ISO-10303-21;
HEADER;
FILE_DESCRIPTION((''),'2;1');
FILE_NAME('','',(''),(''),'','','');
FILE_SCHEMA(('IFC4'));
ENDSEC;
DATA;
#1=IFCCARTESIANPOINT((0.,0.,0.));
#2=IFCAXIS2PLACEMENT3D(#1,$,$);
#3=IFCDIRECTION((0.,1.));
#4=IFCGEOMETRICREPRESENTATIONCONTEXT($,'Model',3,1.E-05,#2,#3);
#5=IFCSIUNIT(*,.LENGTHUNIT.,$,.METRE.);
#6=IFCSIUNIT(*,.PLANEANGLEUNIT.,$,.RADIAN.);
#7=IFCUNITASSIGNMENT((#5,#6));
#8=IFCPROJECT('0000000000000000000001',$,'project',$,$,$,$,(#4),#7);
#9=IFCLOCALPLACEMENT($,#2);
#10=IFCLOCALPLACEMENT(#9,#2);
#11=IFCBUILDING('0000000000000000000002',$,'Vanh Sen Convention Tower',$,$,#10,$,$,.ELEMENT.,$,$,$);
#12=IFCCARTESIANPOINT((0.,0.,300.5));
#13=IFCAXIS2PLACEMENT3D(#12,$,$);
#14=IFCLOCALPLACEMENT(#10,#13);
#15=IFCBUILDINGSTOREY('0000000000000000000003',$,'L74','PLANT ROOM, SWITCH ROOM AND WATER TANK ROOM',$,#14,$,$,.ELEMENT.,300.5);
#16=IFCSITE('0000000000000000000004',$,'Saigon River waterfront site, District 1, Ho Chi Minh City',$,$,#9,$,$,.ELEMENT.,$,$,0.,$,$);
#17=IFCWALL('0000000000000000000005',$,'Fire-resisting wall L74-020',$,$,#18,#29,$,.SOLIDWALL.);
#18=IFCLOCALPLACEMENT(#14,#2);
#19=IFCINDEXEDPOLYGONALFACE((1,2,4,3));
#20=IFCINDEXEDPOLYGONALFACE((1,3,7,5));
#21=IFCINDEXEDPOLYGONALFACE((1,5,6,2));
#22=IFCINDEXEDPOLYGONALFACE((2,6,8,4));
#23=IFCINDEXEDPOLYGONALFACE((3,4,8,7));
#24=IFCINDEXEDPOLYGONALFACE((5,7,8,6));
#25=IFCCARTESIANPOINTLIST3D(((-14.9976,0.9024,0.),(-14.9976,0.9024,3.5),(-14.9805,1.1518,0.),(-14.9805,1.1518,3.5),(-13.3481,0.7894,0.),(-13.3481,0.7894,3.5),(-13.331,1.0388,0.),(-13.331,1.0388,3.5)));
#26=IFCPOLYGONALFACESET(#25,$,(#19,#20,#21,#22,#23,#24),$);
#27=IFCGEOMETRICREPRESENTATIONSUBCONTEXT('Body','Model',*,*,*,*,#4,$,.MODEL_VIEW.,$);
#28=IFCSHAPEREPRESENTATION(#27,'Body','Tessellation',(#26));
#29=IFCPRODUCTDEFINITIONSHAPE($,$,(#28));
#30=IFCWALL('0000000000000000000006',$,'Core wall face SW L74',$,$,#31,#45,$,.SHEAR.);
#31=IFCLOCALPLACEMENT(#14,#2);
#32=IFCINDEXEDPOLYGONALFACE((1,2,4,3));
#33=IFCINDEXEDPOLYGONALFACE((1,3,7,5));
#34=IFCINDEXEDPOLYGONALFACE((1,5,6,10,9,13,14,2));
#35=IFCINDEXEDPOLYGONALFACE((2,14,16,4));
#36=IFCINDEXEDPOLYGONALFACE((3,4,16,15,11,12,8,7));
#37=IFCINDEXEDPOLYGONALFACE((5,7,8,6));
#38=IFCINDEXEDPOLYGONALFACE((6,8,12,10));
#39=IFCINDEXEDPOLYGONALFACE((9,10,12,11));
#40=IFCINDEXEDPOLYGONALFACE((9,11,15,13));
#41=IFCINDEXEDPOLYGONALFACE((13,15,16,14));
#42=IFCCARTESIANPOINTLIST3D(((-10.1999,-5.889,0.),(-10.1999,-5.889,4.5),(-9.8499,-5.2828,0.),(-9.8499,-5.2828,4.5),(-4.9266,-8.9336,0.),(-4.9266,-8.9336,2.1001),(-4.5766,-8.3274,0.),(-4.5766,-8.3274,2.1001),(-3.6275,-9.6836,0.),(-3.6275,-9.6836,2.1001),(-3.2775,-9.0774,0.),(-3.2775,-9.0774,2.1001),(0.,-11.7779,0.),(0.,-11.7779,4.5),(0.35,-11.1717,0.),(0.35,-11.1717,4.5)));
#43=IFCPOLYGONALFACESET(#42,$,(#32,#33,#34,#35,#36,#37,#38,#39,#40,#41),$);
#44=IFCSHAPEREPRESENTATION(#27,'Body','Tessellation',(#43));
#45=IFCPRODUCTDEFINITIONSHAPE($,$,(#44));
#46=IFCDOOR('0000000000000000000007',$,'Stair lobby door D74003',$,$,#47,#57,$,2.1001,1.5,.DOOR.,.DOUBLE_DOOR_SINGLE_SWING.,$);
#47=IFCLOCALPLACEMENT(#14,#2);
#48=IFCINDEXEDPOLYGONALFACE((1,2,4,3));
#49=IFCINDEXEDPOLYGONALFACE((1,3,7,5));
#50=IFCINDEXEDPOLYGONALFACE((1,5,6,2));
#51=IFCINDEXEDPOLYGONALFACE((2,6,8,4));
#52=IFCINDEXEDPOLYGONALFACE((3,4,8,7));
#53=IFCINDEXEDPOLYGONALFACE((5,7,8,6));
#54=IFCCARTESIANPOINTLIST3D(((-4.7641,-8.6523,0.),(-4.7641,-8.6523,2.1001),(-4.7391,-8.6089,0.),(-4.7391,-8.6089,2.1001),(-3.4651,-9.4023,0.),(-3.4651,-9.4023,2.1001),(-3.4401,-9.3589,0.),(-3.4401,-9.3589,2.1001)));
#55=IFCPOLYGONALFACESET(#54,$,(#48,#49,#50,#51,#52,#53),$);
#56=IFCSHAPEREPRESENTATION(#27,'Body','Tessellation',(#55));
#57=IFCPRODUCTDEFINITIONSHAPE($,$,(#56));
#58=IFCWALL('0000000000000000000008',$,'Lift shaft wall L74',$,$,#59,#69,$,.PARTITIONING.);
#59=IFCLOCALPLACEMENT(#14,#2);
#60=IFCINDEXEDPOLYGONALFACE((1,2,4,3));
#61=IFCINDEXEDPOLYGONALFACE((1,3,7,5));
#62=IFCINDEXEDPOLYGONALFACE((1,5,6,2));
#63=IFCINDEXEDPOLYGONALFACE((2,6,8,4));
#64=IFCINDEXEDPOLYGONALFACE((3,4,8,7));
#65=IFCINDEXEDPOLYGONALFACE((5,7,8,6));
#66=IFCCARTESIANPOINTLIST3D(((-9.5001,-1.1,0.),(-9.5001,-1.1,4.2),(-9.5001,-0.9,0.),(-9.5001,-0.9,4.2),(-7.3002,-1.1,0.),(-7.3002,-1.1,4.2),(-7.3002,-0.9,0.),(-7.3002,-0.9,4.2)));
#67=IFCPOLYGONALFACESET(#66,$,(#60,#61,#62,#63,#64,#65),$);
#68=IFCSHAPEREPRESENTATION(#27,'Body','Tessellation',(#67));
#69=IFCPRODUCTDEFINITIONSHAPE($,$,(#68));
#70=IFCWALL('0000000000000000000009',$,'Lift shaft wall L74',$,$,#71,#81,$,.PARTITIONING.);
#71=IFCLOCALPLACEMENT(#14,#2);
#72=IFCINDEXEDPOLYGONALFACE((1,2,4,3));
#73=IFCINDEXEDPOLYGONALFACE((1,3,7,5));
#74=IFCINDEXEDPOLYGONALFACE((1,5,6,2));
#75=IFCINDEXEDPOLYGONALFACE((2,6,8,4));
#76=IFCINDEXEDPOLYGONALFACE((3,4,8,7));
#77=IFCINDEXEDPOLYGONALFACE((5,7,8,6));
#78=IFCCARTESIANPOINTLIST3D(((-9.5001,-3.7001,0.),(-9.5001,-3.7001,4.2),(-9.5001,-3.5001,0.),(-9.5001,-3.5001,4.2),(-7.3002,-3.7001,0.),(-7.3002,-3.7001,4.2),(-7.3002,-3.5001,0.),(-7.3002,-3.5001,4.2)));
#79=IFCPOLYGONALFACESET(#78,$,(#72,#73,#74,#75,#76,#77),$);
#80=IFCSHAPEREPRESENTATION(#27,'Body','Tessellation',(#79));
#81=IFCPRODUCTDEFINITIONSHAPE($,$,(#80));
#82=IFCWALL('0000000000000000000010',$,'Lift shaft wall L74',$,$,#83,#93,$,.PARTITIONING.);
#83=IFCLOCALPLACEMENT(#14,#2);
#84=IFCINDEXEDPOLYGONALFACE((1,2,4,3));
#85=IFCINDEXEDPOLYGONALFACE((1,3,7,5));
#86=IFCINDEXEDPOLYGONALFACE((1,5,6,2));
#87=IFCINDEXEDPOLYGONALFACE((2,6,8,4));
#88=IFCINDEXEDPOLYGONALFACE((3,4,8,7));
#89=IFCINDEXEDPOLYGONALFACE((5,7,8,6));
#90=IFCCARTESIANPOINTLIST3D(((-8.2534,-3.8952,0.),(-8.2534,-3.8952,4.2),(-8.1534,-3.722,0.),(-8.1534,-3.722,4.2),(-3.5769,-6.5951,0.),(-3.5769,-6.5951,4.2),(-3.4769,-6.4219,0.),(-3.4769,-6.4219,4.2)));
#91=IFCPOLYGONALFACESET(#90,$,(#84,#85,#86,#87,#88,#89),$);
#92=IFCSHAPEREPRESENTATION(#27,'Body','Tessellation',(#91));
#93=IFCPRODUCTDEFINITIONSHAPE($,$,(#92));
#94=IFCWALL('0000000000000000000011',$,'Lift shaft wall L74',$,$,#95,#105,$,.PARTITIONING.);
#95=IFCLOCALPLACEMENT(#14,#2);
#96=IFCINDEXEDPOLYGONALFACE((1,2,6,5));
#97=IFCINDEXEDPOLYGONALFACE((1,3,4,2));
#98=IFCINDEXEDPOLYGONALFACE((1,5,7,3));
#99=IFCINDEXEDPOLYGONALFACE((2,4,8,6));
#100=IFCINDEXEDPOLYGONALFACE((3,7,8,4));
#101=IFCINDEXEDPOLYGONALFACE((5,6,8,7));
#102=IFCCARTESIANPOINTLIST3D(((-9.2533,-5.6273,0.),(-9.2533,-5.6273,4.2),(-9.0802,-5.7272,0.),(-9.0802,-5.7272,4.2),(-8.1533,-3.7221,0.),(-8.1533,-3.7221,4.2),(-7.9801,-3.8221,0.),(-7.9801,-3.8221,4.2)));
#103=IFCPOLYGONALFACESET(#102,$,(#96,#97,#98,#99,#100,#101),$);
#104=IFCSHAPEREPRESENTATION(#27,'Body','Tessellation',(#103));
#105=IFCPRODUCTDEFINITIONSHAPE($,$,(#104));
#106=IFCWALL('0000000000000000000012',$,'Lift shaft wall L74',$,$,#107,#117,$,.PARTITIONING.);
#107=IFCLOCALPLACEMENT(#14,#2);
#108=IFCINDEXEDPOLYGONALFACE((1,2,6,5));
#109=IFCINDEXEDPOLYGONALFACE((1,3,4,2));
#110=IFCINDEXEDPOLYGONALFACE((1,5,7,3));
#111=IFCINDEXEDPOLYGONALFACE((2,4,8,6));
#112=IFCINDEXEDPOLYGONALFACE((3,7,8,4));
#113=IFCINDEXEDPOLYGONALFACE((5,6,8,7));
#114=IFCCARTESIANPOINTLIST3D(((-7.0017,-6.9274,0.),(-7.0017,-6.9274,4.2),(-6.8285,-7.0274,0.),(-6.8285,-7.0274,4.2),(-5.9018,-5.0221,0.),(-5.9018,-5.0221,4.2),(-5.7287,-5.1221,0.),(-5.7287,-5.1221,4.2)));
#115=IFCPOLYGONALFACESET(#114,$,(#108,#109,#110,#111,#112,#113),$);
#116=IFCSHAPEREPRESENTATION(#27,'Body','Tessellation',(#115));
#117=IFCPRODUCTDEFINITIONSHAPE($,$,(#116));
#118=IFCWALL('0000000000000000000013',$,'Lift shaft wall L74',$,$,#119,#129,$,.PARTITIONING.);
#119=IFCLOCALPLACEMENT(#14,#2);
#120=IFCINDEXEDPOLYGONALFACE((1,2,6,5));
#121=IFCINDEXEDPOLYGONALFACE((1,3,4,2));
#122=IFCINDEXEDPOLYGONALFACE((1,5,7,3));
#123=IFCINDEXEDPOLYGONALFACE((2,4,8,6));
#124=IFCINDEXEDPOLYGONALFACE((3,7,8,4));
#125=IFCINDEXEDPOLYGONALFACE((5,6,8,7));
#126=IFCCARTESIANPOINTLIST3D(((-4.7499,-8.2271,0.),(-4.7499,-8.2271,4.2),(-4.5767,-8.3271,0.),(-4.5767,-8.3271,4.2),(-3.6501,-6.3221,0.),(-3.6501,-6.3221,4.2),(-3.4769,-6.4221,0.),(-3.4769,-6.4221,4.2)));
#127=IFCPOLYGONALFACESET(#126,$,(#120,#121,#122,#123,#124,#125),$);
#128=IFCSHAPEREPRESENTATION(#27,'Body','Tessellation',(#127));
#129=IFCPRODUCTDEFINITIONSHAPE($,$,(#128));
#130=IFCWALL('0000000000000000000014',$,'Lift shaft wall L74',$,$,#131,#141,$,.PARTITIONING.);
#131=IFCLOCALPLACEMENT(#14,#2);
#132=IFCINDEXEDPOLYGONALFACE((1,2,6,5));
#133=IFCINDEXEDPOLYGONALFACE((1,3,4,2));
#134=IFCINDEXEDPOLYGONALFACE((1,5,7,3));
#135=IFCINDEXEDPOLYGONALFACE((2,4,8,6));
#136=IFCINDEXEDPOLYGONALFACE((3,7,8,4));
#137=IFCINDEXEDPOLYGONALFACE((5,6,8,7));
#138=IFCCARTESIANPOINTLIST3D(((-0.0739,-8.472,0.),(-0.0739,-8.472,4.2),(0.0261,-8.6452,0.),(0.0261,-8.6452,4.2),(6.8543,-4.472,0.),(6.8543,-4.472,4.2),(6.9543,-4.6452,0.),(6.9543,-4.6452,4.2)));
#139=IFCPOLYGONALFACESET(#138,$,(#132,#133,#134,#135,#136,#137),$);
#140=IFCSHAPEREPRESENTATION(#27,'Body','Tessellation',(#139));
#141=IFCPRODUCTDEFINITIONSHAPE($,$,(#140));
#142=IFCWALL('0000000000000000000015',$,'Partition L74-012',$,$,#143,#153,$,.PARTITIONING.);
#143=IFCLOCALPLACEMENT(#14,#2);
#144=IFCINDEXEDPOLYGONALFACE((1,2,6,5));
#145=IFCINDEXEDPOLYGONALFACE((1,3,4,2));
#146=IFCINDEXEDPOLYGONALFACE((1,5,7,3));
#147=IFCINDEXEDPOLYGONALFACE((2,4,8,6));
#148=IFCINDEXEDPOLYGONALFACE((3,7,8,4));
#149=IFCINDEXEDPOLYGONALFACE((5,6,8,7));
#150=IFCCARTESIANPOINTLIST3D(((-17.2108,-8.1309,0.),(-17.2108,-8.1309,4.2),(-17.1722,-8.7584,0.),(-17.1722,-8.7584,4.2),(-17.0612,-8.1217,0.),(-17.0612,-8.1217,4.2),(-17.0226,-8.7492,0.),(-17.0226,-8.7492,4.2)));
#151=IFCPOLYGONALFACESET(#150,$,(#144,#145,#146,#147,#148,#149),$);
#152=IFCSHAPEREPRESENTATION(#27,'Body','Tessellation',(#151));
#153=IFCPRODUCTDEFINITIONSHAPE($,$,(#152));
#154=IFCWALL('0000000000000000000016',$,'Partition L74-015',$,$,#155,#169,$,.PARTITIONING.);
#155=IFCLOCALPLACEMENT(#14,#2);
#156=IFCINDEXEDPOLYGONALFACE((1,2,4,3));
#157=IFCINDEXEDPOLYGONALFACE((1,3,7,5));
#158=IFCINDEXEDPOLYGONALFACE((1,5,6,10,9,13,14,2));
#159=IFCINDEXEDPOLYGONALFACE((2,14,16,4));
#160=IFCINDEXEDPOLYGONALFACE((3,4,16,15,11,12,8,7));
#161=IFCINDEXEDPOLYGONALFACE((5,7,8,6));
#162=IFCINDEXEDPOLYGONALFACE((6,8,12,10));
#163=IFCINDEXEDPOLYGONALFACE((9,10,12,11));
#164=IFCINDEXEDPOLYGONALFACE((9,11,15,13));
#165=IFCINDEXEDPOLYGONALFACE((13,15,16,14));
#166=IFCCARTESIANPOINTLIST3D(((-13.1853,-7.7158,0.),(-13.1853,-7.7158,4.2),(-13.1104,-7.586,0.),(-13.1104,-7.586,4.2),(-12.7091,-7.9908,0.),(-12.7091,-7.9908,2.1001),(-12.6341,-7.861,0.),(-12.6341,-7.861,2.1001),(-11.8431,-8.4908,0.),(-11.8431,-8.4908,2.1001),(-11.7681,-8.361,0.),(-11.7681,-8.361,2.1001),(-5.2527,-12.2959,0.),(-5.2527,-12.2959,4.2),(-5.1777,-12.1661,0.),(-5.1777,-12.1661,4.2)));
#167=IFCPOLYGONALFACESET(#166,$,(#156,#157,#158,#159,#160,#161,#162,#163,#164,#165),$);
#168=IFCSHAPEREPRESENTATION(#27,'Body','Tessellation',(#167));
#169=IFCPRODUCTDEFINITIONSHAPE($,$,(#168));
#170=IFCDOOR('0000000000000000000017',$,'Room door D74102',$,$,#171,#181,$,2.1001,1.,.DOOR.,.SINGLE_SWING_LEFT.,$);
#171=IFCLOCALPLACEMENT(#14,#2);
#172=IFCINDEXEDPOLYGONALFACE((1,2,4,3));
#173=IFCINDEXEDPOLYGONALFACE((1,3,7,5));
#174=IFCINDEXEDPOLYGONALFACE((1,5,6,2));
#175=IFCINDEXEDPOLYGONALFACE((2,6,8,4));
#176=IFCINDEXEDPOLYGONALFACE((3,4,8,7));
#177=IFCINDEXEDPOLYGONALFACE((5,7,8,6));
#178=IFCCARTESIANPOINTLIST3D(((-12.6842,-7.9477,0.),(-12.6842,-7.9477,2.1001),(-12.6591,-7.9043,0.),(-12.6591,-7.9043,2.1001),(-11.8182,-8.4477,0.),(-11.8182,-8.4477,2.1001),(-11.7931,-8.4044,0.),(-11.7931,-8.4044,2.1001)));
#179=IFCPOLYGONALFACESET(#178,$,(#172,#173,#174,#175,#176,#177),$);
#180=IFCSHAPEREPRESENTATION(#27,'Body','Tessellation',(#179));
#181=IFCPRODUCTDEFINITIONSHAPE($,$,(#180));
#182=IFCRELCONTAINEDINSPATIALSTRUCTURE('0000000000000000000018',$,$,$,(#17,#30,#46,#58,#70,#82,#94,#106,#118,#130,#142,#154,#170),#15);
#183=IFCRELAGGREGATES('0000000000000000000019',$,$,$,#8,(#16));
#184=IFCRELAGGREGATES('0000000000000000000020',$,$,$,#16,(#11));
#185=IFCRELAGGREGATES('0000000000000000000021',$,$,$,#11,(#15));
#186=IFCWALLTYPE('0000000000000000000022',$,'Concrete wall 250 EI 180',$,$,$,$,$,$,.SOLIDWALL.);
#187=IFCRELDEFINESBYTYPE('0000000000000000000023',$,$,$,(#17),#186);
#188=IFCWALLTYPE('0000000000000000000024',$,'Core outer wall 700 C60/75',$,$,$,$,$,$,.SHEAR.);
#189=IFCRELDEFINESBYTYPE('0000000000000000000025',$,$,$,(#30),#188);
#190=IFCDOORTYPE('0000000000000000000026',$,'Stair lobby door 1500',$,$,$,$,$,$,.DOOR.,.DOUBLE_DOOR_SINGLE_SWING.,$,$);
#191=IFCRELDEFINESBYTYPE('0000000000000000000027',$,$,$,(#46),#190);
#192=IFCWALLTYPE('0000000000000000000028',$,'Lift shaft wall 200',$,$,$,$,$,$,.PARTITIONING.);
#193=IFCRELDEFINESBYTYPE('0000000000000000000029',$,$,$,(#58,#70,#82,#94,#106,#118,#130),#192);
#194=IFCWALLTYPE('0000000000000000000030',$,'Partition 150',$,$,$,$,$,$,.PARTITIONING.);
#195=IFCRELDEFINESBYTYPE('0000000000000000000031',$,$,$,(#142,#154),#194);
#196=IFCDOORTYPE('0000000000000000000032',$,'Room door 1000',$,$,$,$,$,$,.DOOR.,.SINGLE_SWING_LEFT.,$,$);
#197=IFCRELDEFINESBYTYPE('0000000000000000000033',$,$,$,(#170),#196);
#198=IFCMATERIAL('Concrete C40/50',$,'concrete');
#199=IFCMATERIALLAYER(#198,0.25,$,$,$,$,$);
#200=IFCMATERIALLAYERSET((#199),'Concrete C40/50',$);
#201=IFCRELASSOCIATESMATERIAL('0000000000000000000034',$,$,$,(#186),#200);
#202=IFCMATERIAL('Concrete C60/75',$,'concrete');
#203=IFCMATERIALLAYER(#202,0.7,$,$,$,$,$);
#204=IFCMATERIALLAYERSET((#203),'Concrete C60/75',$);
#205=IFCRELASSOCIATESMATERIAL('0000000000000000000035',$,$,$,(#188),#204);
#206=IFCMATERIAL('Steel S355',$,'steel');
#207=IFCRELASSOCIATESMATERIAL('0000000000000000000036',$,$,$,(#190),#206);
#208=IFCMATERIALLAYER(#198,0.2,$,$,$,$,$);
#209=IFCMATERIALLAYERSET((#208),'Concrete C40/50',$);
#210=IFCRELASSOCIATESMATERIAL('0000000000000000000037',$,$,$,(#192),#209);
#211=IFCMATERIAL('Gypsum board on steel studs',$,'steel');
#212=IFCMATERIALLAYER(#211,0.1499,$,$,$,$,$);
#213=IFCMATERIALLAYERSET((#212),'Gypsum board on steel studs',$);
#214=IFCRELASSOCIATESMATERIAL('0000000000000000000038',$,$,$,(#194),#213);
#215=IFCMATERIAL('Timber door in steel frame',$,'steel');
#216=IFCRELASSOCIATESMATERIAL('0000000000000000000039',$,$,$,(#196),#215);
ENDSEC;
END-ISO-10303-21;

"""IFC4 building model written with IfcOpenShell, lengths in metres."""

from ifc_helpers import new_model, si_unit, direction, frame, frame_2d, origin, place, context, subcontext, project, spatial, rectangle, extrude, material, layer, layer_set, type_object, element, fill, save


model = new_model("IFC4")

# Units and contexts
model_context = context("Model", 3, precision=1e-05, world=origin(), true_north=direction((0.0, 1.0)))
body_context = subcontext(model_context, "Body", "Model", "MODEL_VIEW")
ifc_project = project(units=[si_unit("LENGTHUNIT", "METRE"), si_unit("PLANEANGLEUNIT", "RADIAN")], contexts=[model_context])

# Site, building, storey
site_placement = place(None, origin())
site = spatial("IfcSite", under=ifc_project, at=site_placement, Name="Saigon River waterfront site, District 1, Ho Chi Minh City", CompositionType="ELEMENT", RefElevation=0.0)
building_placement = place(site_placement, origin())
building = spatial("IfcBuilding", under=site, at=building_placement, Name="Vanh Sen Convention Tower", CompositionType="ELEMENT")
storey_placement = place(building_placement, frame((0.0, 0.0, 300.5)))
storey = spatial("IfcBuildingStorey", under=building, at=storey_placement, Name="L74", Description="PLANT ROOM, SWITCH ROOM AND WATER TANK ROOM", CompositionType="ELEMENT", Elevation=300.5)

# Shared definitions
ifc_material_1 = material(Name="Concrete C40/50", Category="concrete")

# Shared definitions
ifc_layer_1 = layer(ifc_material_1, 0.25)
ifc_layer_set_1 = layer_set([ifc_layer_1], Name="Concrete C40/50")
wall_type_1 = type_object("IfcWallType", Name="Concrete wall 250 EI 180", PredefinedType="SOLIDWALL", material=ifc_layer_set_1)

# Wall
wall_1_placement = place(storey_placement, frame((-14.989, 1.0271, 0.0), z_axis=(0.0, 0.0, 1.0), x_axis=(0.99766, -0.068371, 0.0)))
element("IfcWall", 1, at=wall_1_placement, inside=storey, type_object=wall_type_1, Name="Fire-resisting wall L74-020", PredefinedType="SOLIDWALL", context=body_context, shape_type="SweptSolid", body=[
    extrude(rectangle(XDim=1.6533, YDim=0.25, at=frame_2d((0.8267, 0.0))), origin(), (0.0, 0.0, 1.0), 3.5),
])

# Wall, opening, door
ifc_material_2 = material(Name="Concrete C60/75", Category="concrete")
ifc_layer_2 = layer(ifc_material_2, 0.7)
ifc_layer_set_2 = layer_set([ifc_layer_2], Name="Concrete C60/75")
wall_type_2 = type_object("IfcWallType", Name="Core outer wall 700 C60/75", PredefinedType="SHEAR", material=ifc_layer_set_2)
wall_2_placement = place(storey_placement, frame((-10.0249, -5.5859, 0.0), z_axis=(0.0, 0.0, 1.0), x_axis=(0.866026, -0.499998, 0.0)))
wall_2 = element("IfcWall", 2, at=wall_2_placement, inside=storey, type_object=wall_type_2, Name="Core wall face SW L74", PredefinedType="SHEAR", context=body_context, shape_type="SweptSolid", body=[
    extrude(rectangle(XDim=11.7778, YDim=0.7, at=frame_2d((5.8889, 0.0))), origin(), (0.0, 0.0, 1.0), 4.5),
])
opening_1_placement = place(wall_2_placement, frame((6.0891, 0.0, 0.0)))
opening_1 = element("IfcOpeningElement", 3, at=opening_1_placement, cuts=wall_2, PredefinedType="OPENING", context=body_context, shape_type="SweptSolid", body=[
    extrude(rectangle(XDim=1.5, YDim=2.1001, at=frame_2d((0.75, 1.05))), frame((0.0, 0.3599, 0.0), z_axis=(0.0, -1.0, 0.0), x_axis=(1.0, 0.0, 0.0)), (0.0, 0.0, 1.0), 0.72),
])
ifc_material_3 = material(Name="Steel S355", Category="steel")
door_type_1 = type_object("IfcDoorType", Name="Stair lobby door 1500", OperationType="DOUBLE_DOOR_SINGLE_SWING", PredefinedType="DOOR", material=ifc_material_3)
door_1_placement = place(opening_1_placement, origin())
door_1 = element("IfcDoor", 4, at=door_1_placement, inside=storey, type_object=door_type_1, Name="Stair lobby door D74003", OperationType="DOUBLE_DOOR_SINGLE_SWING", OverallHeight=2.1001, OverallWidth=1.5, PredefinedType="DOOR", context=body_context, shape_type="SweptSolid", body=[
    extrude(rectangle(XDim=1.5, YDim=2.1001, at=frame_2d((0.75, 1.05))), frame((0.0, 0.0249, 0.0), z_axis=(0.0, -1.0, 0.0), x_axis=(1.0, 0.0, 0.0)), (0.0, 0.0, 1.0), 0.05),
])
fill(opening_1, door_1)

# Walls
ifc_layer_3 = layer(ifc_material_1, 0.2)
ifc_layer_set_3 = layer_set([ifc_layer_3], Name="Concrete C40/50")
wall_type_3 = type_object("IfcWallType", Name="Lift shaft wall 200", PredefinedType="PARTITIONING", material=ifc_layer_set_3)
for number, where, z_axis, x_axis, name in (
    (5, (-7.3, -1.0, 0.0), (0.0, 0.0, 1.0), (-1.0, 0.0, 0.0), "Lift shaft wall L74"),
    (6, (-7.3, -3.6001, 0.0), (0.0, 0.0, 1.0), (-1.0, 0.0, 0.0), "Lift shaft wall L74"),
):
    element("IfcWall", number, at=place(storey_placement, frame(where, z_axis=z_axis, x_axis=x_axis)), inside=storey, type_object=wall_type_3, Name=name, PredefinedType="PARTITIONING", context=body_context, shape_type="SweptSolid", body=[
        extrude(rectangle(XDim=2.2, YDim=0.2, at=frame_2d((1.1001, 0.0))), origin(), (0.0, 0.0, 1.0), 4.2),
    ])
wall_3_placement = place(storey_placement, frame((-8.2034, -3.8086, 0.0), z_axis=(0.0, 0.0, 1.0), x_axis=(0.866028, -0.499995, 0.0)))
element("IfcWall", 7, at=wall_3_placement, inside=storey, type_object=wall_type_3, Name="Lift shaft wall L74", PredefinedType="PARTITIONING", context=body_context, shape_type="SweptSolid", body=[
    extrude(rectangle(XDim=5.3999, YDim=0.2, at=frame_2d((2.7, 0.0))), origin(), (0.0, 0.0, 1.0), 4.2),
])
for number, where, z_axis, x_axis, name in (
    (8, (-8.0667, -3.772, 0.0), (0.0, 0.0, 1.0), (-0.50003, -0.866008, 0.0), "Lift shaft wall L74"),
    (9, (-5.8152, -5.072, 0.0), (0.0, 0.0, 1.0), (-0.499947, -0.866056, 0.0), "Lift shaft wall L74"),
):
    element("IfcWall", number, at=place(storey_placement, frame(where, z_axis=z_axis, x_axis=x_axis)), inside=storey, type_object=wall_type_3, Name=name, PredefinedType="PARTITIONING", context=body_context, shape_type="SweptSolid", body=[
        extrude(rectangle(XDim=2.2, YDim=0.2, at=frame_2d((1.1001, 0.0))), origin(), (0.0, 0.0, 1.0), 4.2),
    ])
wall_4_placement = place(storey_placement, frame((-3.5635, -6.3721, 0.0), z_axis=(0.0, 0.0, 1.0), x_axis=(-0.499995, -0.866028, 0.0)))
element("IfcWall", 10, at=wall_4_placement, inside=storey, type_object=wall_type_3, Name="Lift shaft wall L74", PredefinedType="PARTITIONING", context=body_context, shape_type="SweptSolid", body=[
    extrude(rectangle(XDim=2.1997, YDim=0.2, at=frame_2d((1.0999, 0.0))), origin(), (0.0, 0.0, 1.0), 4.2),
])
wall_5_placement = place(storey_placement, frame((-0.0239, -8.5586, 0.0), z_axis=(0.0, 0.0, 1.0), x_axis=(0.866026, 0.499999, 0.0)))
element("IfcWall", 11, at=wall_5_placement, inside=storey, type_object=wall_type_3, Name="Lift shaft wall L74", PredefinedType="PARTITIONING", context=body_context, shape_type="SweptSolid", body=[
    extrude(rectangle(XDim=8.0, YDim=0.2, at=frame_2d((4.0, 0.0))), origin(), (0.0, 0.0, 1.0), 4.2),
])
ifc_material_4 = material(Name="Gypsum board on steel studs", Category="steel")
ifc_layer_4 = layer(ifc_material_4, 0.1499)
ifc_layer_set_4 = layer_set([ifc_layer_4], Name="Gypsum board on steel studs")
wall_type_4 = type_object("IfcWallType", Name="Partition 150", PredefinedType="PARTITIONING", material=ifc_layer_set_4)
wall_6_placement = place(storey_placement, frame((-17.0974, -8.7539, 0.0), z_axis=(0.0, 0.0, 1.0), x_axis=(-0.061363, 0.998116, 0.0)))
element("IfcWall", 12, at=wall_6_placement, inside=storey, type_object=wall_type_4, Name="Partition L74-012", PredefinedType="PARTITIONING", context=body_context, shape_type="SweptSolid", body=[
    extrude(rectangle(XDim=0.6287, YDim=0.1499, at=frame_2d((0.3145, 0.0))), origin(), (0.0, 0.0, 1.0), 4.2),
])

# Wall, opening, door
wall_7_placement = place(storey_placement, frame((-13.1479, -7.6509, 0.0), z_axis=(0.0, 0.0, 1.0), x_axis=(0.866017, -0.500015, 0.0)))
wall_7 = element("IfcWall", 13, at=wall_7_placement, inside=storey, type_object=wall_type_4, Name="Partition L74-015", PredefinedType="PARTITIONING", context=body_context, shape_type="SweptSolid", body=[
    extrude(rectangle(XDim=9.1599, YDim=0.1499, at=frame_2d((4.5801, 0.0))), origin(), (0.0, 0.0, 1.0), 4.2),
])
opening_2_placement = place(wall_7_placement, frame((0.55, 0.0, 0.0)))
opening_2 = element("IfcOpeningElement", 14, at=opening_2_placement, cuts=wall_7, PredefinedType="OPENING", context=body_context, shape_type="SweptSolid", body=[
    extrude(rectangle(XDim=1.0, YDim=2.1001, at=frame_2d((0.5, 1.05))), frame((0.0, 0.085, 0.0), z_axis=(0.0, -1.0, 0.0), x_axis=(1.0, 0.0, 0.0)), (0.0, 0.0, 1.0), 0.1699),
])
ifc_material_5 = material(Name="Timber door in steel frame", Category="steel")
door_type_2 = type_object("IfcDoorType", Name="Room door 1000", OperationType="SINGLE_SWING_LEFT", PredefinedType="DOOR", material=ifc_material_5)
door_2_placement = place(opening_2_placement, origin())
door_2 = element("IfcDoor", 15, at=door_2_placement, inside=storey, type_object=door_type_2, Name="Room door D74102", OperationType="SINGLE_SWING_LEFT", OverallHeight=2.1001, OverallWidth=1.0, PredefinedType="DOOR", context=body_context, shape_type="SweptSolid", body=[
    extrude(rectangle(XDim=1.0, YDim=2.1001, at=frame_2d((0.5, 1.05))), frame((0.0, 0.0249, 0.0), z_axis=(0.0, -1.0, 0.0), x_axis=(1.0, 0.0, 0.0)), (0.0, 0.0, 1.0), 0.05),
])
fill(opening_2, door_2)

save(model, "model.ifc")
